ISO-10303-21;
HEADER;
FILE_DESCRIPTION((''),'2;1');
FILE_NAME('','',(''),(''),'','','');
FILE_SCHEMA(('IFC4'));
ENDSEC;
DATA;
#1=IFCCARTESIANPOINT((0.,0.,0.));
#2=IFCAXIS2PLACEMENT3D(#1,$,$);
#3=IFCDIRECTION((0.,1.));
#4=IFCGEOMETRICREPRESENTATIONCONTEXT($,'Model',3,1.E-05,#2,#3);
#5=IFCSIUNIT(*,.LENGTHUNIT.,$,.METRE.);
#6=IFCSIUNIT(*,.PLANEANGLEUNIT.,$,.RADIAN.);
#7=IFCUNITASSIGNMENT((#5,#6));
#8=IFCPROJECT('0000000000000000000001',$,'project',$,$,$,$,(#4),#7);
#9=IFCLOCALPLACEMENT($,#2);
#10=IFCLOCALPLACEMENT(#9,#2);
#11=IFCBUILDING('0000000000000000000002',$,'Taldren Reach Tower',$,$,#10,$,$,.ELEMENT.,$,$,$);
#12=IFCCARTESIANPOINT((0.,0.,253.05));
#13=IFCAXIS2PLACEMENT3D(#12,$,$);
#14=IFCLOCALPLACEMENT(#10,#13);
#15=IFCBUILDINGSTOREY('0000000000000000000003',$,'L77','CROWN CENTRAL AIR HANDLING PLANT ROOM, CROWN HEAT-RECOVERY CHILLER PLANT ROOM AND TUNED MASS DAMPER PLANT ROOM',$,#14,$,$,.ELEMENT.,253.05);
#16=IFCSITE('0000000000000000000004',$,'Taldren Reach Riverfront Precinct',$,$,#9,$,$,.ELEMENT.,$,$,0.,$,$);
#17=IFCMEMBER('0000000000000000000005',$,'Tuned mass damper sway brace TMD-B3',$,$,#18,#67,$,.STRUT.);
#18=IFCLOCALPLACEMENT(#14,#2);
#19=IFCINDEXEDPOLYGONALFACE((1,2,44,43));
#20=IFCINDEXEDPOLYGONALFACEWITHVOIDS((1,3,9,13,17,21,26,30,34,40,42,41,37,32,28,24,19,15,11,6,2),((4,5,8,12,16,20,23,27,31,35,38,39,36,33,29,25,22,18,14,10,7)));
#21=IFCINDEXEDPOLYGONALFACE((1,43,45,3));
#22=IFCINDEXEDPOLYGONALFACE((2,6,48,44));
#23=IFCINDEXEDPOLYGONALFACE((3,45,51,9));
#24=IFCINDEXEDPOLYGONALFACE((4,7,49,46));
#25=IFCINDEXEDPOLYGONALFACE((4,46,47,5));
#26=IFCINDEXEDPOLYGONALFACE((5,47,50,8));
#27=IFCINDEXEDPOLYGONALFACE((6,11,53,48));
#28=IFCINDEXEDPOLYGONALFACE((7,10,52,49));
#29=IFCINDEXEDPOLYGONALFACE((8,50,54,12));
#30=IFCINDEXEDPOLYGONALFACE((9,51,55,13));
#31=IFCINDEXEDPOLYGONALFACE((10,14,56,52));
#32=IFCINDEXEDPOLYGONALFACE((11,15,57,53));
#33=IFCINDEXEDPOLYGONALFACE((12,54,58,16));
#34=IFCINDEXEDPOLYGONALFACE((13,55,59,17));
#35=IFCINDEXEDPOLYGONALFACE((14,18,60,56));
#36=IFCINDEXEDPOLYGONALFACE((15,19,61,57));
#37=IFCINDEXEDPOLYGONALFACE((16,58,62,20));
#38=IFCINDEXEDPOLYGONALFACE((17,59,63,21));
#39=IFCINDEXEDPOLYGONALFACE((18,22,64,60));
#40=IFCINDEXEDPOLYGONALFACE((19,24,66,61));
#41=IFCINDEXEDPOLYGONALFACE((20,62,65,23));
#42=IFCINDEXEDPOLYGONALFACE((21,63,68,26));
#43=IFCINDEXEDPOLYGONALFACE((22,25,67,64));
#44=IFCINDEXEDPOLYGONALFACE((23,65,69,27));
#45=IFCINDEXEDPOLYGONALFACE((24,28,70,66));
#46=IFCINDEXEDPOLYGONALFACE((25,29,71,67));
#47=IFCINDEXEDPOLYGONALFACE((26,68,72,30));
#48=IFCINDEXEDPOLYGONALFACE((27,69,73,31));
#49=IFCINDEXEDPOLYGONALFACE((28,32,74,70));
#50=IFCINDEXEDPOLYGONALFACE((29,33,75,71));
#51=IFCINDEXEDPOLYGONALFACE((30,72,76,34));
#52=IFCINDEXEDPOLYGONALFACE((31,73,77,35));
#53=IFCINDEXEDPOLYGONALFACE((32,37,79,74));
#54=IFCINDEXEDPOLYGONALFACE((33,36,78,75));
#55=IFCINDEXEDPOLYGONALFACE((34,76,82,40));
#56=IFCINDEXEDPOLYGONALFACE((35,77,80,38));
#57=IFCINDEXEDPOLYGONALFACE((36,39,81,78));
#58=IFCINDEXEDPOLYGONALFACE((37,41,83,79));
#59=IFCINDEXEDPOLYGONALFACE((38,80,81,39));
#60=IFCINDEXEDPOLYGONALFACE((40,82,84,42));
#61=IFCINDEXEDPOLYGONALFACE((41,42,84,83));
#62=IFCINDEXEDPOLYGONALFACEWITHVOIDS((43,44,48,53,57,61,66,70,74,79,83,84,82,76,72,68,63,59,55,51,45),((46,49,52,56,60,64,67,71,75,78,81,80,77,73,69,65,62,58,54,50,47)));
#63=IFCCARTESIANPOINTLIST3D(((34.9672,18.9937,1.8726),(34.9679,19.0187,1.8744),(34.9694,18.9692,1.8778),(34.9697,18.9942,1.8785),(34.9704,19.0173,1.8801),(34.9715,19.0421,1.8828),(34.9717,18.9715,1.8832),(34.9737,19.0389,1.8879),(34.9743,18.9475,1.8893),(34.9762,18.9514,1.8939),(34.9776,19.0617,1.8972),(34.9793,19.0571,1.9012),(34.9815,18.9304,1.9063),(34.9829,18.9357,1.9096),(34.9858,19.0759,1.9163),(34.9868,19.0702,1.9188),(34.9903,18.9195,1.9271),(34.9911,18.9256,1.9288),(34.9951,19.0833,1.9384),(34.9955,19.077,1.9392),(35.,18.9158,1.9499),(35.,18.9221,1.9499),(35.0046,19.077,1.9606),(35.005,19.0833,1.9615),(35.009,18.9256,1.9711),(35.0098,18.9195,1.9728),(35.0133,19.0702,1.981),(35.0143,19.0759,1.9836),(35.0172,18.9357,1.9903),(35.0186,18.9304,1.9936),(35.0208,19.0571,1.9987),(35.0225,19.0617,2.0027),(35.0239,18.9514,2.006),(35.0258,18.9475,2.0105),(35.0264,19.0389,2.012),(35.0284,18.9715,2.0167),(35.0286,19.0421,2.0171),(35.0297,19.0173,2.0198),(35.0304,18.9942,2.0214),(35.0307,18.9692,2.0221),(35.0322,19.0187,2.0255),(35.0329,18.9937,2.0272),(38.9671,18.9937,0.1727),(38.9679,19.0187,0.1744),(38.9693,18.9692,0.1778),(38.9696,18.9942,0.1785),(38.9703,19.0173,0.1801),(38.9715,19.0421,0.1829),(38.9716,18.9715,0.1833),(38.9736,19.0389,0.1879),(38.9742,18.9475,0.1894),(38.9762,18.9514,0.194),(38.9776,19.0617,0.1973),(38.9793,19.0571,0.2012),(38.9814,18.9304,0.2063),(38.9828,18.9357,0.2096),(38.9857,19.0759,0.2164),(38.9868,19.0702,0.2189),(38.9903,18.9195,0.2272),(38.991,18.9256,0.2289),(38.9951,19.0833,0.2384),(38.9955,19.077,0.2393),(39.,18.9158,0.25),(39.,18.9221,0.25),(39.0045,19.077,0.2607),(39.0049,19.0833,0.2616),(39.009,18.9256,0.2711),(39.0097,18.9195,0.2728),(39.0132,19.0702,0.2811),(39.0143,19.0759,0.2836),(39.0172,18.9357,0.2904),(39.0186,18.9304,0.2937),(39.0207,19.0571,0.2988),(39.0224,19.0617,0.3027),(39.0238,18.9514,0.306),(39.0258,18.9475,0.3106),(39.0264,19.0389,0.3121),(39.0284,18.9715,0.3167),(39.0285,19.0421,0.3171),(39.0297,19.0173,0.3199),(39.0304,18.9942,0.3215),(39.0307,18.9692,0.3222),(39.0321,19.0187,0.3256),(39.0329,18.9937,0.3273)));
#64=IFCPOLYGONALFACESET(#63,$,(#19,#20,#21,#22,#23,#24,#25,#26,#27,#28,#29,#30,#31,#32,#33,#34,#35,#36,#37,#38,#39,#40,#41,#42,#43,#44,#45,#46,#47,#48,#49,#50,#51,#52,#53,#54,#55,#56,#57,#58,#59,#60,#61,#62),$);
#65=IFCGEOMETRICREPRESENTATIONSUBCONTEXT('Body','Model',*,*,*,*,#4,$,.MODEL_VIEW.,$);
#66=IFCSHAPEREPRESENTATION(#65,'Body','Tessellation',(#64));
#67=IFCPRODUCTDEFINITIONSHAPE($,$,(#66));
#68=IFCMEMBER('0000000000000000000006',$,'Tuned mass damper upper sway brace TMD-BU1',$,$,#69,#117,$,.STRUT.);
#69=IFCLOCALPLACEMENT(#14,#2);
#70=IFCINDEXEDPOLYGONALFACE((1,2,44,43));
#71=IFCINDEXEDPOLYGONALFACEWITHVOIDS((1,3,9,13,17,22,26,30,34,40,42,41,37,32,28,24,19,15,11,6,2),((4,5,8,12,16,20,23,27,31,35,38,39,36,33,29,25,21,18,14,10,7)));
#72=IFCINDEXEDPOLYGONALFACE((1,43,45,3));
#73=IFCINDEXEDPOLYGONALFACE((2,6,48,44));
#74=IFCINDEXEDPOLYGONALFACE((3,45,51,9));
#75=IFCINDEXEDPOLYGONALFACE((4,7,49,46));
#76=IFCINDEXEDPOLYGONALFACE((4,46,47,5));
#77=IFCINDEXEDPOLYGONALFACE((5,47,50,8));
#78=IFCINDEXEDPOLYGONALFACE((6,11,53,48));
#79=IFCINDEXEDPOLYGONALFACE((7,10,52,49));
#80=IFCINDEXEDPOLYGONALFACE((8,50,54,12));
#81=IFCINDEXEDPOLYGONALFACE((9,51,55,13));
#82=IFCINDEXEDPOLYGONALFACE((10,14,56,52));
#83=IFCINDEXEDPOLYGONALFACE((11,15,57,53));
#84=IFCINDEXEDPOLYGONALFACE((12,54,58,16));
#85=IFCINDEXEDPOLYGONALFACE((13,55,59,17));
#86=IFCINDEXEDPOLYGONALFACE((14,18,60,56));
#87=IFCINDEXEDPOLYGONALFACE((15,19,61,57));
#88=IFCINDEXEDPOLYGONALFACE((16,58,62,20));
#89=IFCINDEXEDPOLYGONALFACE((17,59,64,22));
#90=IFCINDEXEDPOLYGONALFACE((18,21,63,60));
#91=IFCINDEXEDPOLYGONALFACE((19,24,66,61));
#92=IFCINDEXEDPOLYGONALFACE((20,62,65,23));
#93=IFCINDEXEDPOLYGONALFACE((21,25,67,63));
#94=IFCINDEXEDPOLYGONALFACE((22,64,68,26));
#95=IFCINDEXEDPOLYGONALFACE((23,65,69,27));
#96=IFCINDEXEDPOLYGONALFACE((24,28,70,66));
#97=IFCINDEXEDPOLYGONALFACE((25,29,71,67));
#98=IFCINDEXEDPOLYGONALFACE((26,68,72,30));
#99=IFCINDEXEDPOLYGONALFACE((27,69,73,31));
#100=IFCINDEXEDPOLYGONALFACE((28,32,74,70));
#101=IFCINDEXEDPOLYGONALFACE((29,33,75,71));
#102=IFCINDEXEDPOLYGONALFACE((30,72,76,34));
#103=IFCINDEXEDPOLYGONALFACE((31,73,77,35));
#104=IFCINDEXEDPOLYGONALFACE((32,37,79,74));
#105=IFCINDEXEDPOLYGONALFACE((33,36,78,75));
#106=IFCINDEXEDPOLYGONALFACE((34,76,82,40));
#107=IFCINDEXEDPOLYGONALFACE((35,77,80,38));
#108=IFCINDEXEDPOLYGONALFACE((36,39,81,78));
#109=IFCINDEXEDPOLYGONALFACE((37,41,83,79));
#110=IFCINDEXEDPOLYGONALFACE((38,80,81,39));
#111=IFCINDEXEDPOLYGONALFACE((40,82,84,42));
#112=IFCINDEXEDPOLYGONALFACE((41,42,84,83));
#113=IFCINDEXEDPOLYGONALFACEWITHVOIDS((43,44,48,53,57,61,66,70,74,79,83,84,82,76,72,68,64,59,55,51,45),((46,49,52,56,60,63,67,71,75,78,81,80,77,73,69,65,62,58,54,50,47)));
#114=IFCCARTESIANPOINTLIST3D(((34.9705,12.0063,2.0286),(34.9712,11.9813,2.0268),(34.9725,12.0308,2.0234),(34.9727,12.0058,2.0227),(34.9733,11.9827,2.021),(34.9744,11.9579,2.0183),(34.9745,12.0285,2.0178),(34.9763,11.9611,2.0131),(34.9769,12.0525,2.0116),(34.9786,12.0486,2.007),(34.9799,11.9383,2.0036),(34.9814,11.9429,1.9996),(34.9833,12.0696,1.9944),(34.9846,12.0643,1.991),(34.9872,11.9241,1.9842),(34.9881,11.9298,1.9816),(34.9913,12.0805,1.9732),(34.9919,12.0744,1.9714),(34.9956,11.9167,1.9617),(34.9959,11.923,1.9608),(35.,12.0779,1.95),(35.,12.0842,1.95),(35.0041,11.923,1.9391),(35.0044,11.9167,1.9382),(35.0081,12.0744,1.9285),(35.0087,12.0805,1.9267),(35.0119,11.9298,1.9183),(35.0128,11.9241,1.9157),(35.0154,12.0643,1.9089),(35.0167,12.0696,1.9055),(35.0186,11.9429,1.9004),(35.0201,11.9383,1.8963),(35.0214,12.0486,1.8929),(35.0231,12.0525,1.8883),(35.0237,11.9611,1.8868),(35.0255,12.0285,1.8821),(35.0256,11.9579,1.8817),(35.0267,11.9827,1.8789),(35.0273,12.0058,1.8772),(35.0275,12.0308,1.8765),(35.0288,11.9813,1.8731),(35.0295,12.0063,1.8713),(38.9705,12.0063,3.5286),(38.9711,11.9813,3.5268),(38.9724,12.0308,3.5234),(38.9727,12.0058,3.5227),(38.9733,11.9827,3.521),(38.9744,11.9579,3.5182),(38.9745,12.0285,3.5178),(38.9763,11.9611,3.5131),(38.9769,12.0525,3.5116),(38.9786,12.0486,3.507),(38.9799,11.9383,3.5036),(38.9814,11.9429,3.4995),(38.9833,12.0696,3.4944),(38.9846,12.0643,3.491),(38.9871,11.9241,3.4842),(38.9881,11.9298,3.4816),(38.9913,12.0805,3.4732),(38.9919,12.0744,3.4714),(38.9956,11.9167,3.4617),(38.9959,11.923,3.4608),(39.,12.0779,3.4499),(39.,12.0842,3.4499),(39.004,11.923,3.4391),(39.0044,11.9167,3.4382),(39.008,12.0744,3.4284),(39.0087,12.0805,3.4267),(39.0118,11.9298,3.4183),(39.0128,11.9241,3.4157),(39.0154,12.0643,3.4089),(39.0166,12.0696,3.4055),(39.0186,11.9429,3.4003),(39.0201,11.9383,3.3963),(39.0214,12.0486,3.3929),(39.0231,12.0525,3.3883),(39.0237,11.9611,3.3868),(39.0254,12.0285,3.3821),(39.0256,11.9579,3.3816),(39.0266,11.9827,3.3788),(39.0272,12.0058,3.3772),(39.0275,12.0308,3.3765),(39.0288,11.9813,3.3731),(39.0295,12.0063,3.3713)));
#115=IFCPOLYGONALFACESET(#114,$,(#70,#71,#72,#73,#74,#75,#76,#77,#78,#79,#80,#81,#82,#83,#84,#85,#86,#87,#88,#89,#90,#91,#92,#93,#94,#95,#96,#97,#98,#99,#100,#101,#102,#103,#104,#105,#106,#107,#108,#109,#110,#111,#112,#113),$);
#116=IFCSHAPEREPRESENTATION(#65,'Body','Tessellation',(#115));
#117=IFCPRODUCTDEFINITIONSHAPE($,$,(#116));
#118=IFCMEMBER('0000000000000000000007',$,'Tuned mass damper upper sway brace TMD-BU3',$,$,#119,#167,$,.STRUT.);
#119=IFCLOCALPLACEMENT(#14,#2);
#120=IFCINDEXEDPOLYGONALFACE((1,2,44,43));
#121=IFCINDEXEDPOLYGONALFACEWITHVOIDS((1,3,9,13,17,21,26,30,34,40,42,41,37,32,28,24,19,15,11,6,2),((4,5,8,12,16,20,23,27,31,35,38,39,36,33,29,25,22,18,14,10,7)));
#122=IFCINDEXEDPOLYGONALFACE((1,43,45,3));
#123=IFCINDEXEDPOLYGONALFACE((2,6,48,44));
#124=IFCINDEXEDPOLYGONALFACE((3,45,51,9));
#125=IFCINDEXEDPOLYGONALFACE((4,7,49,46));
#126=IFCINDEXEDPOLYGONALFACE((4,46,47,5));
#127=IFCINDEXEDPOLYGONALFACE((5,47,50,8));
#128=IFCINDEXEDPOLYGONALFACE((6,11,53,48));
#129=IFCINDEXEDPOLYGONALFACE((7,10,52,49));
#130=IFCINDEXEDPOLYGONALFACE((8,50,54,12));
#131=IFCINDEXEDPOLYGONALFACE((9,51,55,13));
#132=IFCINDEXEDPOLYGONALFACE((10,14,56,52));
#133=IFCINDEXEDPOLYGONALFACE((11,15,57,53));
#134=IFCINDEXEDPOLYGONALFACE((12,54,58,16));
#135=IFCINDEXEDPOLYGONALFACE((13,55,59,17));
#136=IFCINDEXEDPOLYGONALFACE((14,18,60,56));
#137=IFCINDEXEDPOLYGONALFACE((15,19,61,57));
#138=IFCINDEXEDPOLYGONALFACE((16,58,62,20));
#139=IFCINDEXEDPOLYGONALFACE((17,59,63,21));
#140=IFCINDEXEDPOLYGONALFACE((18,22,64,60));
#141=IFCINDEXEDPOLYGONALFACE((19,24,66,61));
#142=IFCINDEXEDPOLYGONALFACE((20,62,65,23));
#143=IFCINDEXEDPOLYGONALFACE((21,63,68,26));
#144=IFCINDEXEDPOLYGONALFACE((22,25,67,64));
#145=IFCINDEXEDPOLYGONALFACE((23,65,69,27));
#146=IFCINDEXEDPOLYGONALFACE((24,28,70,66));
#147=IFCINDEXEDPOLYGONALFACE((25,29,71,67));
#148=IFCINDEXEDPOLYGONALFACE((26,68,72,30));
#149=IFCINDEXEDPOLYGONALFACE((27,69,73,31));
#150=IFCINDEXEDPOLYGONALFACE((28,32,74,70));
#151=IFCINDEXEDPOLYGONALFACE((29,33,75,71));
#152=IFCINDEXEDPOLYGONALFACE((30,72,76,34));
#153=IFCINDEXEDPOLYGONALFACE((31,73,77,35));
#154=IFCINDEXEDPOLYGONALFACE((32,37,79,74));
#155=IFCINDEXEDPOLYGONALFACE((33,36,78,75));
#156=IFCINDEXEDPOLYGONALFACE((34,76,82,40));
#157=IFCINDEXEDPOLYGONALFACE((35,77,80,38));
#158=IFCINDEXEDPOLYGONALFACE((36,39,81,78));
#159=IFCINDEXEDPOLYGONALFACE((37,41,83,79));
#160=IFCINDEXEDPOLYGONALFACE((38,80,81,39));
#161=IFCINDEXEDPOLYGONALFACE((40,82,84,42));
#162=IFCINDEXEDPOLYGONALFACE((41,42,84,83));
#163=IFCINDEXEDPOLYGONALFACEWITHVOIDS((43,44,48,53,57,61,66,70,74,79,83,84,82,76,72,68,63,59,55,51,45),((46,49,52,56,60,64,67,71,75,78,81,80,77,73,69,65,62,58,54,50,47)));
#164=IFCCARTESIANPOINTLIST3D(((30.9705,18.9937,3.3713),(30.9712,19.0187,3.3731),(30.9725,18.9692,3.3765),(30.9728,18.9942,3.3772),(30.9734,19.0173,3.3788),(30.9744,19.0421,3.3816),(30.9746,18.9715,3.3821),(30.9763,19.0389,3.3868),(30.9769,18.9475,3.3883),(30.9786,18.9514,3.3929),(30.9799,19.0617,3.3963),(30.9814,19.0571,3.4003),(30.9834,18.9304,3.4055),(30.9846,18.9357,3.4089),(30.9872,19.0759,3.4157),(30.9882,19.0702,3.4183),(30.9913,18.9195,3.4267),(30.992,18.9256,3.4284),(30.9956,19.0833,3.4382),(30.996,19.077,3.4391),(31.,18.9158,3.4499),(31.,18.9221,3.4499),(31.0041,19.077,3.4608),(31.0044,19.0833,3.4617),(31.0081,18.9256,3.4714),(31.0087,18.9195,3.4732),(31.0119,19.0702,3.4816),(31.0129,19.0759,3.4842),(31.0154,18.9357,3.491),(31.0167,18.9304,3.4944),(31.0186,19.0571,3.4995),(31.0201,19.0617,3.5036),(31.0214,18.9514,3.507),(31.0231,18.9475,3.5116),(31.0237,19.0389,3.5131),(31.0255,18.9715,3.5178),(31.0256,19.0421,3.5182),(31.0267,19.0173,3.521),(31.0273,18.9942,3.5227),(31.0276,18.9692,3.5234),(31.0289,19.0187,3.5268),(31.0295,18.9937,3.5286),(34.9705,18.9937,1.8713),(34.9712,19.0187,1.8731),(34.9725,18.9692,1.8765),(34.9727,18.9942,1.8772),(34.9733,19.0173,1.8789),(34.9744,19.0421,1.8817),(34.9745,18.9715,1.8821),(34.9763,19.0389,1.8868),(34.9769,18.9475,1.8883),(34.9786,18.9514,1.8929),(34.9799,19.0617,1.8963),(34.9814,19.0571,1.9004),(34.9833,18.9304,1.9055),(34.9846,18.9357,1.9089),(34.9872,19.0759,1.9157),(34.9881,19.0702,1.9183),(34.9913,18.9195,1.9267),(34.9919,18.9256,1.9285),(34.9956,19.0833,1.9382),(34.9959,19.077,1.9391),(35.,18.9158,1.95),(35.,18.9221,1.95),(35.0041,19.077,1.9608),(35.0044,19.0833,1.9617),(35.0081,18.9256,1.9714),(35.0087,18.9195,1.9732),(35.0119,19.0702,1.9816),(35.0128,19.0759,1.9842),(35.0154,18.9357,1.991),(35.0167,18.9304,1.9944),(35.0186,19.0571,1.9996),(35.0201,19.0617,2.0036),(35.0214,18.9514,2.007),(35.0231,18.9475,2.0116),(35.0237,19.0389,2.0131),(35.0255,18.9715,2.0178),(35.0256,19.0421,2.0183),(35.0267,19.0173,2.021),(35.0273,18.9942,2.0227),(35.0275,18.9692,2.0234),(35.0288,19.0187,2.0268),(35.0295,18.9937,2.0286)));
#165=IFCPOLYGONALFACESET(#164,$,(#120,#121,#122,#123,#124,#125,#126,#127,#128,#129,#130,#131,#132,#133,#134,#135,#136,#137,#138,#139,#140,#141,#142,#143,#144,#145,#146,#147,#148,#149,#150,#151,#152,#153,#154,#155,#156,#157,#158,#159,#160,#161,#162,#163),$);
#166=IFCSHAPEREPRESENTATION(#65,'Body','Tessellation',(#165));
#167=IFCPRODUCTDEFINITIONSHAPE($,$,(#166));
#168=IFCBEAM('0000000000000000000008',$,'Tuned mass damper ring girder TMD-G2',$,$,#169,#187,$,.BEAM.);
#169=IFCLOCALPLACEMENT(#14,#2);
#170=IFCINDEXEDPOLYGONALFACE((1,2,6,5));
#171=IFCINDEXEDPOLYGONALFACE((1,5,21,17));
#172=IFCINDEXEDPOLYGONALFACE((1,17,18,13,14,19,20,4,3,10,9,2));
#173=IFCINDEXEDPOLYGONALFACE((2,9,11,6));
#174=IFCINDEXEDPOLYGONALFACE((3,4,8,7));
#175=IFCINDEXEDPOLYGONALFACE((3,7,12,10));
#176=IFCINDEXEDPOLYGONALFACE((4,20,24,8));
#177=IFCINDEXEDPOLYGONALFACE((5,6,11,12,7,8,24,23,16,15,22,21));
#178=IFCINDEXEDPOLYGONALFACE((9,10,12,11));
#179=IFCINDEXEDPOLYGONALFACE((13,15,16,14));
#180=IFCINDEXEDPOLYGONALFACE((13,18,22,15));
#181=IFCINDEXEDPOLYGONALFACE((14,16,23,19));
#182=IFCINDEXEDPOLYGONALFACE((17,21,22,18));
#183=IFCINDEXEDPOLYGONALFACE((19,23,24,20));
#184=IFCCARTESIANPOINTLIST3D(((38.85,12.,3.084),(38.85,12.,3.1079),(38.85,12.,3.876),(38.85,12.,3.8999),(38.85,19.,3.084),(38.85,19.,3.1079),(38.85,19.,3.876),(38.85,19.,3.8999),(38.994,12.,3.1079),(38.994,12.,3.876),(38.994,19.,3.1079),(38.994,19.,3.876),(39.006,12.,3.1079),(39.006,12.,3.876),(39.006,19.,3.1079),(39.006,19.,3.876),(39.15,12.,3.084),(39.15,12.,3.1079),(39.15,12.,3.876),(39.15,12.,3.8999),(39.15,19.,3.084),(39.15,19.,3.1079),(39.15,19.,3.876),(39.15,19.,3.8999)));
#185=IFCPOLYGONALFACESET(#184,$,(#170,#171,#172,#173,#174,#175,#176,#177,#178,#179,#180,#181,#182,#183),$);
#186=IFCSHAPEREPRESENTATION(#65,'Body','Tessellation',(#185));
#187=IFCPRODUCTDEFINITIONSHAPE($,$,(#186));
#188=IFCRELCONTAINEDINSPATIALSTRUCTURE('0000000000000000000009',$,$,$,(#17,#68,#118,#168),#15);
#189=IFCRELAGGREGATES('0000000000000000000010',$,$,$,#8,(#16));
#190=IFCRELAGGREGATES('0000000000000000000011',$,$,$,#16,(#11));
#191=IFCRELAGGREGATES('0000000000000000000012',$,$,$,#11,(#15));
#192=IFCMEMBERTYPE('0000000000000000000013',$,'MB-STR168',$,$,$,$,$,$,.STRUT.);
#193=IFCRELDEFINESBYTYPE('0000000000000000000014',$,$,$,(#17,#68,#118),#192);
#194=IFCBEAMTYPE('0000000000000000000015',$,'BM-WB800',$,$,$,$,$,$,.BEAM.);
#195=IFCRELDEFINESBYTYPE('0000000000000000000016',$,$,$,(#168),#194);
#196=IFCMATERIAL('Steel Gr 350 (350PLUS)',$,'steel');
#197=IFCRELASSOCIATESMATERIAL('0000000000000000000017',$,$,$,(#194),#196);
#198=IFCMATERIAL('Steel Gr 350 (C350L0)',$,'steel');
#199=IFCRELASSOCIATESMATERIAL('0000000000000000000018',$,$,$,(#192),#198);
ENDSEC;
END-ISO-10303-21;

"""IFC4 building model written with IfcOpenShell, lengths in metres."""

from ifc_helpers import new_model, si_unit, direction, frame, origin, origin_2d, place, context, subcontext, project, spatial, hollow_circle, i_section, extrude, source, transform, mapped, material, material_profile, profile_set, type_object, element, save


model = new_model("IFC4")

# Units and contexts
model_context = context("Model", 3, precision=1e-05, world=origin(), true_north=direction((0.0, 1.0)))
body_context = subcontext(model_context, "Body", "Model", "MODEL_VIEW")
ifc_project = project(units=[si_unit("LENGTHUNIT", "METRE"), si_unit("PLANEANGLEUNIT", "RADIAN")], contexts=[model_context])

# Site, building, storey
site_placement = place(None, origin())
site = spatial("IfcSite", under=ifc_project, at=site_placement, Name="Taldren Reach Riverfront Precinct", CompositionType="ELEMENT", RefElevation=0.0)
building_placement = place(site_placement, origin())
building = spatial("IfcBuilding", under=site, at=building_placement, Name="Taldren Reach Tower", CompositionType="ELEMENT")
storey_placement = place(building_placement, frame((0.0, 0.0, 253.05)))
storey = spatial("IfcBuildingStorey", under=building, at=storey_placement, Name="L77", Description="CROWN CENTRAL AIR HANDLING PLANT ROOM, CROWN HEAT-RECOVERY CHILLER PLANT ROOM AND TUNED MASS DAMPER PLANT ROOM", CompositionType="ELEMENT", Elevation=253.05)

# Shared definitions
ifc_material_1 = material(Name="Steel Gr 350 (350PLUS)", Category="steel")
ifc_material_2 = material(Name="Steel Gr 350 (C350L0)", Category="steel")

# Shared definitions
ifc_material_profile_1 = material_profile(ifc_material_1, i_section(OverallWidth=0.3, OverallDepth=0.8159, WebThickness=0.012, FlangeThickness=0.0239, at=origin_2d()), Name="800WB192")
ifc_profile_set_1 = profile_set([ifc_material_profile_1], Name="Steel Gr 350 (350PLUS)")
beam_type = type_object("IfcBeamType", Name="BM-WB800", PredefinedType="BEAM", material=ifc_profile_set_1)

# Members
ifc_material_profile_2 = material_profile(ifc_material_2, hollow_circle(Radius=0.0842, WallThickness=0.0063, at=origin_2d()), Name="168x6.4CHS")
ifc_profile_set_2 = profile_set([ifc_material_profile_2], Name="Steel Gr 350 (C350L0)")
member_type_1 = type_object("IfcMemberType", Name="MB-STR168", PredefinedType="STRUT", material=ifc_profile_set_2)
shared_shape_1 = source(origin(), body_context, "Body", "SweptSolid", [
    extrude(hollow_circle(Radius=0.0842, WallThickness=0.0063, at=origin_2d()), origin(), (0.0, 0.0, 1.0), 4.3462),
])
for number, where, z_axis, x_axis, name in (
    (1, (39.0, 19.0, 0.25), (-0.920335, 0.0, 0.391131), (0.0, -1.0, 0.0), "Tuned mass damper sway brace TMD-B3"),
):
    element("IfcMember", number, at=place(storey_placement, frame(where, z_axis=z_axis, x_axis=x_axis)), inside=storey, type_object=member_type_1, Name=name, PredefinedType="STRUT", context=body_context, shape_type="MappedRepresentation", body=[
        mapped(shared_shape_1, transform((0.0, 0.0, 0.0), scale=1.0)),
    ])
shared_shape_2 = source(origin(), body_context, "Body", "SweptSolid", [
    extrude(hollow_circle(Radius=0.0842, WallThickness=0.0063, at=origin_2d()), origin(), (0.0, 0.0, 1.0), 4.272),
])
for number, where, z_axis, x_axis, name in (
    (2, (35.0, 12.0, 1.95), (0.936329, 0.0, 0.351123), (0.0, 1.0, 0.0), "Tuned mass damper upper sway brace TMD-BU1"),
    (3, (35.0, 19.0, 1.95), (-0.936329, 0.0, 0.351123), (0.0, -1.0, 0.0), "Tuned mass damper upper sway brace TMD-BU3"),
):
    element("IfcMember", number, at=place(storey_placement, frame(where, z_axis=z_axis, x_axis=x_axis)), inside=storey, type_object=member_type_1, Name=name, PredefinedType="STRUT", context=body_context, shape_type="MappedRepresentation", body=[
        mapped(shared_shape_2, transform((0.0, 0.0, 0.0), scale=1.0)),
    ])

# Beam
shared_shape_3 = source(origin(), body_context, "Body", "SweptSolid", [
    extrude(i_section(OverallWidth=0.3, OverallDepth=0.8159, WebThickness=0.012, FlangeThickness=0.0239, at=origin_2d()), origin(), (0.0, 0.0, 1.0), 7.0),
])
for number, where, z_axis, x_axis, name in (
    (4, (39.0, 12.0, 3.4919), (0.0, 1.0, 0.0), (-1.0, 0.0, 0.0), "Tuned mass damper ring girder TMD-G2"),
):
    element("IfcBeam", number, at=place(storey_placement, frame(where, z_axis=z_axis, x_axis=x_axis)), inside=storey, type_object=beam_type, Name=name, PredefinedType="BEAM", context=body_context, shape_type="MappedRepresentation", body=[
        mapped(shared_shape_3, transform((0.0, 0.0, 0.0), scale=1.0)),
    ])

save(model, "model.ifc")
